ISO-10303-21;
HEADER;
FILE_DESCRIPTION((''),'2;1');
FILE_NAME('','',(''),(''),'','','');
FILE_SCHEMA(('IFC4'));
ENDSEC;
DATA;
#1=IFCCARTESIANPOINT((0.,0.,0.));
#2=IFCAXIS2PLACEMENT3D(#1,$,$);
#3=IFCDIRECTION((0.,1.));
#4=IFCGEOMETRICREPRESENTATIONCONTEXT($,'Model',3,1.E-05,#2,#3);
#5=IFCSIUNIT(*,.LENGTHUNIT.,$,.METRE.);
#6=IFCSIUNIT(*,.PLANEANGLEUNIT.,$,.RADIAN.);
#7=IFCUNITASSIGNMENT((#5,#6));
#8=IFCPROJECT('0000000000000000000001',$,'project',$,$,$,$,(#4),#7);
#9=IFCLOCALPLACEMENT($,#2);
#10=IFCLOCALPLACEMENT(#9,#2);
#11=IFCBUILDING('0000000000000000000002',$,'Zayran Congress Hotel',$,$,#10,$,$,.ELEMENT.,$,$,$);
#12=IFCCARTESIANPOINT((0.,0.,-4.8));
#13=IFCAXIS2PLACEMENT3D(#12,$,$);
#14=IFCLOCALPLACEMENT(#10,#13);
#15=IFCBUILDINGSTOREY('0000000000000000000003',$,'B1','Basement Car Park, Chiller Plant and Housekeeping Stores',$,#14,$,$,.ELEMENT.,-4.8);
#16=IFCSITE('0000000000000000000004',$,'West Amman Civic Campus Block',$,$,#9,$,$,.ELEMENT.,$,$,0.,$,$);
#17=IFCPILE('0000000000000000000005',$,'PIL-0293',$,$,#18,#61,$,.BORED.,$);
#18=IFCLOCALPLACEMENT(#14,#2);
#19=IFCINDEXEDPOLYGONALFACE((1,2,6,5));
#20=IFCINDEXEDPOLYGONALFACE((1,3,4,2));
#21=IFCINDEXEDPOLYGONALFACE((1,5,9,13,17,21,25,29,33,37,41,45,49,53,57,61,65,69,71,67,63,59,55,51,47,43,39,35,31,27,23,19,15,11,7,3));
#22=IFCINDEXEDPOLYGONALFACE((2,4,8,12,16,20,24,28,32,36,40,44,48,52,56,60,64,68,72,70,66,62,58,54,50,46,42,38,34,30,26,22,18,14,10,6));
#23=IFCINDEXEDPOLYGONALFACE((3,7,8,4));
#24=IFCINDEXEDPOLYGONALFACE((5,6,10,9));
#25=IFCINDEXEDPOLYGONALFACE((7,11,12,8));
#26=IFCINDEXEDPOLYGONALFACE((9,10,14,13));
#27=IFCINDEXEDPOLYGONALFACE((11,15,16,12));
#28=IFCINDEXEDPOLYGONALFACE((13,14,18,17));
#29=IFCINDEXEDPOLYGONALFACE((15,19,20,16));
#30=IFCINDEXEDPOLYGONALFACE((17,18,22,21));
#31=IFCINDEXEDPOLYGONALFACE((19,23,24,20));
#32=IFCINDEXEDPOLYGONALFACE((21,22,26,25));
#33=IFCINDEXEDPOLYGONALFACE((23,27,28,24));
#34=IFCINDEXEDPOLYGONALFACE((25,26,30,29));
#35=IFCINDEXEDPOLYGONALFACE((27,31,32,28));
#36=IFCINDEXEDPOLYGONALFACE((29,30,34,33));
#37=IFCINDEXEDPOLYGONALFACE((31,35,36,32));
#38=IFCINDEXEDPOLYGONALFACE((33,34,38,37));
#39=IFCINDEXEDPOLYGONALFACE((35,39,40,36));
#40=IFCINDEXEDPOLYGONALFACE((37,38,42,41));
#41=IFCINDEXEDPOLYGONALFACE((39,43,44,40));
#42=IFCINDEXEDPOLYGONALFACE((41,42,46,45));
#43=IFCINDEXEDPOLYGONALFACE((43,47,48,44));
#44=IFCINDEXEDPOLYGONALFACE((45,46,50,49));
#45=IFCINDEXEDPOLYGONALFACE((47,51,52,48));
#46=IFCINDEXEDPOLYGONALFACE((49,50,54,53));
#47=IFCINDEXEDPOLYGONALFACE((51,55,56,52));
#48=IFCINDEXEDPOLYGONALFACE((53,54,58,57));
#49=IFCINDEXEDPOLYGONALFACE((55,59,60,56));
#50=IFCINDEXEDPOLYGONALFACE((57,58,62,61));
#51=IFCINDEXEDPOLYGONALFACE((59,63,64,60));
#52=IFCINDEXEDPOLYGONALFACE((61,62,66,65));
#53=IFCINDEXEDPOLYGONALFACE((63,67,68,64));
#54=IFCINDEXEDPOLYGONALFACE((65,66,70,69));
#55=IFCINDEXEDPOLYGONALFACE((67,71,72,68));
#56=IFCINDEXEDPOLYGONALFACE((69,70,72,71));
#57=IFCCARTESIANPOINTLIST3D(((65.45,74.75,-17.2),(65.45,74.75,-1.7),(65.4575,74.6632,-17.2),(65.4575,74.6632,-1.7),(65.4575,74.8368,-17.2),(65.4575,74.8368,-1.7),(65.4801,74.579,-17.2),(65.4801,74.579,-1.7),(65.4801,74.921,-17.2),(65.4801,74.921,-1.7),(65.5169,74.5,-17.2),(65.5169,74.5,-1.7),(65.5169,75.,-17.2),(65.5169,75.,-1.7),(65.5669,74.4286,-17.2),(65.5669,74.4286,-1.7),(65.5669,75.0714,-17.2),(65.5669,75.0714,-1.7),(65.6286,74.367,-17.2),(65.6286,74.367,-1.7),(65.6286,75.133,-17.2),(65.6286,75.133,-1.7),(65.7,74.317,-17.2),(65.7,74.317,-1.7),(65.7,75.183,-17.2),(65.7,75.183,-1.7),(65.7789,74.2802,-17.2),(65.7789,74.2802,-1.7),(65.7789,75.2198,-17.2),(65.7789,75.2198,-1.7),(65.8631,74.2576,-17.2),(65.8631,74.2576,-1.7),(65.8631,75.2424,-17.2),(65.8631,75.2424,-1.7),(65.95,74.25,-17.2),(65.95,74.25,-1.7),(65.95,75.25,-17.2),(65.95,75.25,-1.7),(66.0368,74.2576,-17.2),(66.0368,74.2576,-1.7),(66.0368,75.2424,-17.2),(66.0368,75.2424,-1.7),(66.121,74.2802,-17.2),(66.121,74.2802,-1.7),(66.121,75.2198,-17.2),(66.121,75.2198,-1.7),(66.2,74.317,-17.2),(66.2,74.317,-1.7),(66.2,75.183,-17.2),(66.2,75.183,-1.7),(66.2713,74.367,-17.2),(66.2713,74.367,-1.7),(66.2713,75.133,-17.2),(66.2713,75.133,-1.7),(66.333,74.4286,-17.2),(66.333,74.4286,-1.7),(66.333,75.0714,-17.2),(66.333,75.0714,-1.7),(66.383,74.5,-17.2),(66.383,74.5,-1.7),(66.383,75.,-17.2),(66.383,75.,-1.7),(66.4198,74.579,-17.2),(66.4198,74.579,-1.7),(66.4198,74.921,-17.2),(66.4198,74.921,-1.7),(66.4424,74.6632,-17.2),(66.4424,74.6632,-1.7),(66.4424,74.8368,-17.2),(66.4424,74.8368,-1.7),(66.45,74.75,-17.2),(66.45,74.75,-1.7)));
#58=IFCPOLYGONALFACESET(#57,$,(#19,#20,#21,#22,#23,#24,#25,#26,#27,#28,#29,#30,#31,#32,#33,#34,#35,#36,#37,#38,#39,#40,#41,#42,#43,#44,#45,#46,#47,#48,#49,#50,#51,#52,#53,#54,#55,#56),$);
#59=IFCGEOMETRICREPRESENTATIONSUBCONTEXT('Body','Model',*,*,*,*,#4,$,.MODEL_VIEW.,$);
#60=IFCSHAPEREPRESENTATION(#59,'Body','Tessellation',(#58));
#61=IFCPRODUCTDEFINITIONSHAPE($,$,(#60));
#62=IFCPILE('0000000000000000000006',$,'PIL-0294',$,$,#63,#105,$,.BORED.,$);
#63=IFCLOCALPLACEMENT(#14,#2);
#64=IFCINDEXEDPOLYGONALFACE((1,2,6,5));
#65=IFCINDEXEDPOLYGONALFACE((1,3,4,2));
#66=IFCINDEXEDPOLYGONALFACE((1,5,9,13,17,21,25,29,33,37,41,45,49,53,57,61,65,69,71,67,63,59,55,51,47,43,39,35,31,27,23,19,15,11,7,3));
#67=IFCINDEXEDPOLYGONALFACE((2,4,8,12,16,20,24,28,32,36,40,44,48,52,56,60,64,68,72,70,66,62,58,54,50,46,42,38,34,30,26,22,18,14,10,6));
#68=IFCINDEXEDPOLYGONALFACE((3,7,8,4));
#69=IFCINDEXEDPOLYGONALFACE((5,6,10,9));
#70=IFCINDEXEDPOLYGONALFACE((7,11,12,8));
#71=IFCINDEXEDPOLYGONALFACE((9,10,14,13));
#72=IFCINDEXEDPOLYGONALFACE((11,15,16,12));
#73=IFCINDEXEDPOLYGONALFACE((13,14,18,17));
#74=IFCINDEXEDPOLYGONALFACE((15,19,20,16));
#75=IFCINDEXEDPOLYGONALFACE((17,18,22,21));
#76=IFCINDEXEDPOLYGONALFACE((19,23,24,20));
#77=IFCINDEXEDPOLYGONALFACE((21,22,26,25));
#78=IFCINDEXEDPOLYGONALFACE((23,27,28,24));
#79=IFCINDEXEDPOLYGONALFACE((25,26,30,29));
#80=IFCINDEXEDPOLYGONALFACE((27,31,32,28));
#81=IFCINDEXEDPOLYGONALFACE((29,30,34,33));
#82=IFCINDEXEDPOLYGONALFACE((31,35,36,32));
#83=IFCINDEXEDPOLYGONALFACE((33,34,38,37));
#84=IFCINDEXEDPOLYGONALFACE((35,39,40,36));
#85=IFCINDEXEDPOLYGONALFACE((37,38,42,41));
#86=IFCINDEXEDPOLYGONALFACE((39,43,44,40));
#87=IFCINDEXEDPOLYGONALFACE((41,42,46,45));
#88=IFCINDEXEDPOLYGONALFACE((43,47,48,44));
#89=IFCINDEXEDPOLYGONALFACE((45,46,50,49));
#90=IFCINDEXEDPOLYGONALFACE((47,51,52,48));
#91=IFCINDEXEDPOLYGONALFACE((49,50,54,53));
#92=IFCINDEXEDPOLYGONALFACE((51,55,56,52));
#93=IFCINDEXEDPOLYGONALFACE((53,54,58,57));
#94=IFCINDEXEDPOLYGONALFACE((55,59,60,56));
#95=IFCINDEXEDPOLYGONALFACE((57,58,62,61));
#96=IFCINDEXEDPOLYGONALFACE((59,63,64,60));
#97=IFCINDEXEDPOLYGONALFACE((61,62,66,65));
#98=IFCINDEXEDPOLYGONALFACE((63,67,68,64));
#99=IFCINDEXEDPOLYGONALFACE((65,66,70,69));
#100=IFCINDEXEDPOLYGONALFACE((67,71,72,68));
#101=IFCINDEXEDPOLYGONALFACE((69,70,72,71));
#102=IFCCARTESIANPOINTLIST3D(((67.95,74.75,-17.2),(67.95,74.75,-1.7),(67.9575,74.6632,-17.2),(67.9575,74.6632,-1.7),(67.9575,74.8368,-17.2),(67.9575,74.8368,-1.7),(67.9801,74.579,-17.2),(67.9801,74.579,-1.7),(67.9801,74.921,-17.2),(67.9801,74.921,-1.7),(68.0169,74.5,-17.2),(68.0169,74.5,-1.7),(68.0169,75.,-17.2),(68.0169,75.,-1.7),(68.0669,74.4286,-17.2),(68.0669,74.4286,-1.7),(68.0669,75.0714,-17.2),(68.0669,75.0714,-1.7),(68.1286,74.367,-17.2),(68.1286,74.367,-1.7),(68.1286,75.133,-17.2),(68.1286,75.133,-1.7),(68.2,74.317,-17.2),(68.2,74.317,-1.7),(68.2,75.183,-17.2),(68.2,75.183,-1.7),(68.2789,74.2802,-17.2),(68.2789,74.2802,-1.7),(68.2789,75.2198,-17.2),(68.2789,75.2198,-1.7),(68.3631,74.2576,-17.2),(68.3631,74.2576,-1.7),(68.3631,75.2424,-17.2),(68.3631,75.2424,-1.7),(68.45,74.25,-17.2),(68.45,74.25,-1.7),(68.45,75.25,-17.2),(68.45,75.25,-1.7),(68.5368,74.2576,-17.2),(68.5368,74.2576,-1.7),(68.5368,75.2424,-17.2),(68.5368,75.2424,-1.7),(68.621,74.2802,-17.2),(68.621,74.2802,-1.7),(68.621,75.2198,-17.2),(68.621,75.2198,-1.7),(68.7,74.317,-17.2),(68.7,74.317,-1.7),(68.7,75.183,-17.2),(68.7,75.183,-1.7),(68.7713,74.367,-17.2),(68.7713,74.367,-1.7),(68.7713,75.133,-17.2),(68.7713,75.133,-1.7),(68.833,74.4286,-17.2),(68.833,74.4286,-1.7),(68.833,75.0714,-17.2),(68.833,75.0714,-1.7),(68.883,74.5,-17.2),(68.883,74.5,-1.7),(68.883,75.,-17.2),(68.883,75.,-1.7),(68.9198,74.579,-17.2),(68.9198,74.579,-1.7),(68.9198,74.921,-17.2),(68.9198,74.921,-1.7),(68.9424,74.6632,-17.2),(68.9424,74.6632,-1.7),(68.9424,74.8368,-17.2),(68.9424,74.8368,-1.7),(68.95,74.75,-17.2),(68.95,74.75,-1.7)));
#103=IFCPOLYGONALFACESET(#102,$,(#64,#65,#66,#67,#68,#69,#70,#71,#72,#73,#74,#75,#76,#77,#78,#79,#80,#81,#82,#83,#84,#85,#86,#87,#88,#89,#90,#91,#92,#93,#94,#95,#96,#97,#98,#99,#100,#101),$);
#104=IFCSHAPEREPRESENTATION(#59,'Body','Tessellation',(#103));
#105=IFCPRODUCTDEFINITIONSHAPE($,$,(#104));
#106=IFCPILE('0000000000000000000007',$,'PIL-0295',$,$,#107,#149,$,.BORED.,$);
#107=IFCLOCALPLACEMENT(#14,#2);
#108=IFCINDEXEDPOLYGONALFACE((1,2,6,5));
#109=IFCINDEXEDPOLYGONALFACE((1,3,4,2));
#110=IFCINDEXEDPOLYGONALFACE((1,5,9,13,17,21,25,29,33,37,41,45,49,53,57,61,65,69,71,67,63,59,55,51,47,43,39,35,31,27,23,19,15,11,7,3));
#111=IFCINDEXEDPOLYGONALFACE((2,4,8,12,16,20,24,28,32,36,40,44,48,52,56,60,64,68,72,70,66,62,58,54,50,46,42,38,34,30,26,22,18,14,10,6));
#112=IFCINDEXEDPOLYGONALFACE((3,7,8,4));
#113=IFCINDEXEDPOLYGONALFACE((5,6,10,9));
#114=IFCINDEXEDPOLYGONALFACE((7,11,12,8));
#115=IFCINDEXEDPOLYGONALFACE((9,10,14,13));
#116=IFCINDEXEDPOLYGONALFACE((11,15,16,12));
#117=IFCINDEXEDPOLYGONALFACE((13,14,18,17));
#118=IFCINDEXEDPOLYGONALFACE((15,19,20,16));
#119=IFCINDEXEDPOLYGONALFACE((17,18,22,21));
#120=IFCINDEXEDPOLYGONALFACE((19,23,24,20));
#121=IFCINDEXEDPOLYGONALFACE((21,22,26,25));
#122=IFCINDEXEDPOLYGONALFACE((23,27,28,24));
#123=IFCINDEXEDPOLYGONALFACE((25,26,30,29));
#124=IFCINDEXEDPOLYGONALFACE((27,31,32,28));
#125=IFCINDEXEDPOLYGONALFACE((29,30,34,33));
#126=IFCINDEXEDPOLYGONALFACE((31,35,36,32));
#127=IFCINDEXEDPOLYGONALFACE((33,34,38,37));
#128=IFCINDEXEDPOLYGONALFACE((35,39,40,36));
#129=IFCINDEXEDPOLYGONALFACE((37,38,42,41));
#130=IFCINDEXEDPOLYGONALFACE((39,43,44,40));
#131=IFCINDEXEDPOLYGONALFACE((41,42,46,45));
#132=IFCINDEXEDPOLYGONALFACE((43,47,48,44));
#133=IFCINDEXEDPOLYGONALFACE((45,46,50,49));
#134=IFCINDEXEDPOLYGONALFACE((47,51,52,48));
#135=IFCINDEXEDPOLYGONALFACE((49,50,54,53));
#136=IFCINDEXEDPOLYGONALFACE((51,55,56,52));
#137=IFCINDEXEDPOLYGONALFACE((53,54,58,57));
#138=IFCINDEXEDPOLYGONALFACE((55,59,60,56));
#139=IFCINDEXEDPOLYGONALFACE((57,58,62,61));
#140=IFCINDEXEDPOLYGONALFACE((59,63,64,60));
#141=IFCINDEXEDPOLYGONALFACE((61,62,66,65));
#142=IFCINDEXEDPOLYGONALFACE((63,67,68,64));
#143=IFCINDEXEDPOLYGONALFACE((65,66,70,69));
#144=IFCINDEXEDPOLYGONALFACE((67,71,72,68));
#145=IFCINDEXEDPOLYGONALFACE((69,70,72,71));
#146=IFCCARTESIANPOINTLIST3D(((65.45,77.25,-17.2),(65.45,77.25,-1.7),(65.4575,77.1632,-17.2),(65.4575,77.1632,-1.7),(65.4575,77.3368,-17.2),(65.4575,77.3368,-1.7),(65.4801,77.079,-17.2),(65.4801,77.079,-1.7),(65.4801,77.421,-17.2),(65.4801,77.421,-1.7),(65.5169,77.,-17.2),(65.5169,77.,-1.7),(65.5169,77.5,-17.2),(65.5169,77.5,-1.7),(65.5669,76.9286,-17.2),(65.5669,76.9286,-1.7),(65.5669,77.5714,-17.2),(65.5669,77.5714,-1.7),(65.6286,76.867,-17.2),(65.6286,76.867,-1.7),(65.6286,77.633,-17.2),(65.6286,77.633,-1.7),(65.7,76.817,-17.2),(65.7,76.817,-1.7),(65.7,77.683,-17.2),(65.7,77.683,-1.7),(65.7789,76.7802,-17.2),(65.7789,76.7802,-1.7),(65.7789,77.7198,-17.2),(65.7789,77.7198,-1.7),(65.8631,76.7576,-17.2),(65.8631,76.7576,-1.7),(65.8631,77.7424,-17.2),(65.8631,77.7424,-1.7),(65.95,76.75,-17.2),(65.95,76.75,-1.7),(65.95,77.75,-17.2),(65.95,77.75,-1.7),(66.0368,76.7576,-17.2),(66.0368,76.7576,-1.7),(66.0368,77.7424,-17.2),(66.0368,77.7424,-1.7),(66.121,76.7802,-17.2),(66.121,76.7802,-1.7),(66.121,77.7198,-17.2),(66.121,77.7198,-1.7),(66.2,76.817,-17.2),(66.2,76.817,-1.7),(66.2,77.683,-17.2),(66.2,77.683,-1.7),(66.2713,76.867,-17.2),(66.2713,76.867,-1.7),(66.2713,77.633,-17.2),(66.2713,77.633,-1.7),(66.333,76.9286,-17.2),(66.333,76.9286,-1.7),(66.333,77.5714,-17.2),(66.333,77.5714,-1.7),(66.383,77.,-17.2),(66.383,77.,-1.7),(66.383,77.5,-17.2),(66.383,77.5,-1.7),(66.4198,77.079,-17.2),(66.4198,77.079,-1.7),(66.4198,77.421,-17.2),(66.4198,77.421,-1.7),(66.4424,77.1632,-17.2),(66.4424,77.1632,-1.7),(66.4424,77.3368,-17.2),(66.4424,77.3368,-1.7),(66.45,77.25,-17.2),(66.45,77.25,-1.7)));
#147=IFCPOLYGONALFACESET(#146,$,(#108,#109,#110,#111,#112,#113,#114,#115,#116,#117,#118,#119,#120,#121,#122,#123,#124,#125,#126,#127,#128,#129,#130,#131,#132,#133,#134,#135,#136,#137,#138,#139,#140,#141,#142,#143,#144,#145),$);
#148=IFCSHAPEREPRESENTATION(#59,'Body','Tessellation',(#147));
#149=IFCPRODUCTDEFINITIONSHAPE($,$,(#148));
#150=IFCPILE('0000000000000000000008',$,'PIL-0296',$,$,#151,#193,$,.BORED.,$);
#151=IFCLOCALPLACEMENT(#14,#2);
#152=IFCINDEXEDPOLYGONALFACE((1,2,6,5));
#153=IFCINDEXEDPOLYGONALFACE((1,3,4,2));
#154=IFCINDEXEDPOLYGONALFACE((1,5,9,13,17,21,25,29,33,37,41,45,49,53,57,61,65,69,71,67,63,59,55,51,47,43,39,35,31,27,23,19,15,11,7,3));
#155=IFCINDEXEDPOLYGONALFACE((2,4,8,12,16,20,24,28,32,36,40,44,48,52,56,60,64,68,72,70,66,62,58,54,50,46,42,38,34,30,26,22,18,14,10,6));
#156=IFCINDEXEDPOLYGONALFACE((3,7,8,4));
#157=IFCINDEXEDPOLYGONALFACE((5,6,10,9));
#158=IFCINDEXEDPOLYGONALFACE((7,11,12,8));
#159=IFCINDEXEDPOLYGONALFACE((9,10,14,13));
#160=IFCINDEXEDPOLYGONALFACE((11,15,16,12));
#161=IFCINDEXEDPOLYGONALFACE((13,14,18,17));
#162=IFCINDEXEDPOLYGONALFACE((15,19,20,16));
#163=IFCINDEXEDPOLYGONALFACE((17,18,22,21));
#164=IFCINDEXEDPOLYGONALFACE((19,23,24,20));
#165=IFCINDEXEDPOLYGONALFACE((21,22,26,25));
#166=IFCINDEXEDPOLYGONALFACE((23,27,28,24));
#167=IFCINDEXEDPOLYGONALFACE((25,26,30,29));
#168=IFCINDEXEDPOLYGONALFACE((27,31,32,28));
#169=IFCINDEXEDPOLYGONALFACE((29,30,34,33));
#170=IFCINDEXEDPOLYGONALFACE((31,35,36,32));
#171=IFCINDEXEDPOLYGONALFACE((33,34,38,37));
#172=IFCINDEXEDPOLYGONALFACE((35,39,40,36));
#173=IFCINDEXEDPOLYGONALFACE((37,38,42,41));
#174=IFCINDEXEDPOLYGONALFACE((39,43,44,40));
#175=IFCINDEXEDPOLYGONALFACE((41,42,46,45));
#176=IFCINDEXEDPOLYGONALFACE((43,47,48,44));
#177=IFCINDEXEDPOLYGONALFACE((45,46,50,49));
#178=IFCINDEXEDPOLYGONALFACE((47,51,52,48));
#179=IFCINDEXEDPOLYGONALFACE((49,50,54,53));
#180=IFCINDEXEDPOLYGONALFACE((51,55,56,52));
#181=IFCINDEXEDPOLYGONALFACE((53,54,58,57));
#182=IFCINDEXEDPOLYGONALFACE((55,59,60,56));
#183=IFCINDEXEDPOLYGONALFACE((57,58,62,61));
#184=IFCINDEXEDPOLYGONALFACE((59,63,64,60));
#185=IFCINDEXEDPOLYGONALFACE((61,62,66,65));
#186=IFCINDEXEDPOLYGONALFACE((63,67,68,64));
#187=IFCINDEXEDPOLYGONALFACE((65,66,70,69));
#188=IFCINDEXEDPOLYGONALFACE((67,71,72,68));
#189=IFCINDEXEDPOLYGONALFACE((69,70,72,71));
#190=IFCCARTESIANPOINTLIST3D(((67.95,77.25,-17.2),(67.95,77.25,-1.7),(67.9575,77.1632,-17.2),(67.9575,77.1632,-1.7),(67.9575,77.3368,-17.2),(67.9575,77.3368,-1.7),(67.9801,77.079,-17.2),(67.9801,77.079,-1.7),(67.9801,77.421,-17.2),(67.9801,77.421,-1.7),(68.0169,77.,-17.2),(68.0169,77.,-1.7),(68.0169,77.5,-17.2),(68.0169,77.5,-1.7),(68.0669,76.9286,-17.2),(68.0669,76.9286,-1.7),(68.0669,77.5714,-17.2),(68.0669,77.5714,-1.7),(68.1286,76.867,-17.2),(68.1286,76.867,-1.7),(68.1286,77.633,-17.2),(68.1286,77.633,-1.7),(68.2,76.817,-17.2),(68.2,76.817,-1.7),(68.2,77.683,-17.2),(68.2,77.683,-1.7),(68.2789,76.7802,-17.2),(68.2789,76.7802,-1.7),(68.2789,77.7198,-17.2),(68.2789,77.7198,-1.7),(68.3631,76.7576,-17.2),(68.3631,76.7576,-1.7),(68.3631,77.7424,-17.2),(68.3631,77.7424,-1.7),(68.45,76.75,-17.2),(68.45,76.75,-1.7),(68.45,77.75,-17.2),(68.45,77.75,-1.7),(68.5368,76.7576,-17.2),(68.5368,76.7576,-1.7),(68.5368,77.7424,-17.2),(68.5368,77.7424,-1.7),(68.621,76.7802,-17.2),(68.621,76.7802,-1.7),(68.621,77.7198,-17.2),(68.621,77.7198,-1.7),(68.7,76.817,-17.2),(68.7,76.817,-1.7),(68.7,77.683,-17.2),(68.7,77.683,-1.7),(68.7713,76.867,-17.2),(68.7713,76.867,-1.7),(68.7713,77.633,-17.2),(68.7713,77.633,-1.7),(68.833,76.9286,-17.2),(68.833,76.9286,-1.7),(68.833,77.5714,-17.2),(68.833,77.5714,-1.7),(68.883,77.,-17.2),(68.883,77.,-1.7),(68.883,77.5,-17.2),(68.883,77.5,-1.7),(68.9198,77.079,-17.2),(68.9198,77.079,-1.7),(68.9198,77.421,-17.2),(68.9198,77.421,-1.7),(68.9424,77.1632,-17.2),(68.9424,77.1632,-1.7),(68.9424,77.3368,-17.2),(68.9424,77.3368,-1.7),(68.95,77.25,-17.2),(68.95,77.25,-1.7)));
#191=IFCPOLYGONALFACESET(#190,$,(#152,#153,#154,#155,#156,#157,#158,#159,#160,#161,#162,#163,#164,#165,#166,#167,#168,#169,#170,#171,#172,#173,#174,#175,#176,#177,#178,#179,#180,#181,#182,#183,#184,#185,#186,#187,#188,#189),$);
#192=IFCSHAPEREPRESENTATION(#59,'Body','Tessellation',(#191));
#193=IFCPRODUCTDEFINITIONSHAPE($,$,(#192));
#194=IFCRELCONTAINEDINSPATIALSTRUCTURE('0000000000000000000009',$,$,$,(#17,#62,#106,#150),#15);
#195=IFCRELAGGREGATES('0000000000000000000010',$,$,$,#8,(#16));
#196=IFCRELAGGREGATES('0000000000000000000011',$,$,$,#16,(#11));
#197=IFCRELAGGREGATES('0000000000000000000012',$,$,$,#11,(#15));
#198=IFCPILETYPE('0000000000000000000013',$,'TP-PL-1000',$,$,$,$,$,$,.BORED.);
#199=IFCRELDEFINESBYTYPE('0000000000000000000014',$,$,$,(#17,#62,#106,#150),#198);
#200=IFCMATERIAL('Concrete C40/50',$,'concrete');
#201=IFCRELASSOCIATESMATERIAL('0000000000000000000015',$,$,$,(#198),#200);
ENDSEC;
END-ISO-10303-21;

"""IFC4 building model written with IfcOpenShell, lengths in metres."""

from ifc_helpers import new_model, si_unit, direction, frame, origin, origin_2d, place, context, subcontext, project, spatial, circle, extrude, material, material_profile, profile_set, type_object, element, save


model = new_model("IFC4")

# Units and contexts
model_context = context("Model", 3, precision=1e-05, world=origin(), true_north=direction((0.0, 1.0)))
body_context = subcontext(model_context, "Body", "Model", "MODEL_VIEW")
ifc_project = project(units=[si_unit("LENGTHUNIT", "METRE"), si_unit("PLANEANGLEUNIT", "RADIAN")], contexts=[model_context])

# Site, building, storey
site_placement = place(None, origin())
site = spatial("IfcSite", under=ifc_project, at=site_placement, Name="West Amman Civic Campus Block", CompositionType="ELEMENT", RefElevation=0.0)
building_placement = place(site_placement, origin())
building = spatial("IfcBuilding", under=site, at=building_placement, Name="Zayran Congress Hotel", CompositionType="ELEMENT")
storey_placement = place(building_placement, frame((0.0, 0.0, -4.8)))
storey = spatial("IfcBuildingStorey", under=building, at=storey_placement, Name="B1", Description="Basement Car Park, Chiller Plant and Housekeeping Stores", CompositionType="ELEMENT", Elevation=-4.8)

# Piles
ifc_material_1 = material(Name="Concrete C40/50", Category="concrete")
ifc_material_profile_1 = material_profile(ifc_material_1, circle(Radius=0.5, at=origin_2d()), Name="PILE D1000")
ifc_profile_set_1 = profile_set([ifc_material_profile_1], Name="Concrete C40/50")
pile_type = type_object("IfcPileType", Name="TP-PL-1000", PredefinedType="BORED", material=ifc_profile_set_1)
for number, where, z_axis, x_axis, name in (
    (1, (65.95, 74.75, -1.7), (0.0, 0.0, -1.0), (1.0, 0.0, 0.0), "PIL-0293"),
    (2, (68.45, 74.75, -1.7), (0.0, 0.0, -1.0), (1.0, 0.0, 0.0), "PIL-0294"),
    (3, (65.95, 77.25, -1.7), (0.0, 0.0, -1.0), (1.0, 0.0, 0.0), "PIL-0295"),
    (4, (68.45, 77.25, -1.7), (0.0, 0.0, -1.0), (1.0, 0.0, 0.0), "PIL-0296"),
):
    element("IfcPile", number, at=place(storey_placement, frame(where, z_axis=z_axis, x_axis=x_axis)), inside=storey, type_object=pile_type, Name=name, PredefinedType="BORED", context=body_context, shape_type="SweptSolid", body=[
        extrude(circle(Radius=0.5, at=origin_2d()), origin(), (0.0, 0.0, 1.0), 15.5),
    ])

save(model, "model.ifc")
